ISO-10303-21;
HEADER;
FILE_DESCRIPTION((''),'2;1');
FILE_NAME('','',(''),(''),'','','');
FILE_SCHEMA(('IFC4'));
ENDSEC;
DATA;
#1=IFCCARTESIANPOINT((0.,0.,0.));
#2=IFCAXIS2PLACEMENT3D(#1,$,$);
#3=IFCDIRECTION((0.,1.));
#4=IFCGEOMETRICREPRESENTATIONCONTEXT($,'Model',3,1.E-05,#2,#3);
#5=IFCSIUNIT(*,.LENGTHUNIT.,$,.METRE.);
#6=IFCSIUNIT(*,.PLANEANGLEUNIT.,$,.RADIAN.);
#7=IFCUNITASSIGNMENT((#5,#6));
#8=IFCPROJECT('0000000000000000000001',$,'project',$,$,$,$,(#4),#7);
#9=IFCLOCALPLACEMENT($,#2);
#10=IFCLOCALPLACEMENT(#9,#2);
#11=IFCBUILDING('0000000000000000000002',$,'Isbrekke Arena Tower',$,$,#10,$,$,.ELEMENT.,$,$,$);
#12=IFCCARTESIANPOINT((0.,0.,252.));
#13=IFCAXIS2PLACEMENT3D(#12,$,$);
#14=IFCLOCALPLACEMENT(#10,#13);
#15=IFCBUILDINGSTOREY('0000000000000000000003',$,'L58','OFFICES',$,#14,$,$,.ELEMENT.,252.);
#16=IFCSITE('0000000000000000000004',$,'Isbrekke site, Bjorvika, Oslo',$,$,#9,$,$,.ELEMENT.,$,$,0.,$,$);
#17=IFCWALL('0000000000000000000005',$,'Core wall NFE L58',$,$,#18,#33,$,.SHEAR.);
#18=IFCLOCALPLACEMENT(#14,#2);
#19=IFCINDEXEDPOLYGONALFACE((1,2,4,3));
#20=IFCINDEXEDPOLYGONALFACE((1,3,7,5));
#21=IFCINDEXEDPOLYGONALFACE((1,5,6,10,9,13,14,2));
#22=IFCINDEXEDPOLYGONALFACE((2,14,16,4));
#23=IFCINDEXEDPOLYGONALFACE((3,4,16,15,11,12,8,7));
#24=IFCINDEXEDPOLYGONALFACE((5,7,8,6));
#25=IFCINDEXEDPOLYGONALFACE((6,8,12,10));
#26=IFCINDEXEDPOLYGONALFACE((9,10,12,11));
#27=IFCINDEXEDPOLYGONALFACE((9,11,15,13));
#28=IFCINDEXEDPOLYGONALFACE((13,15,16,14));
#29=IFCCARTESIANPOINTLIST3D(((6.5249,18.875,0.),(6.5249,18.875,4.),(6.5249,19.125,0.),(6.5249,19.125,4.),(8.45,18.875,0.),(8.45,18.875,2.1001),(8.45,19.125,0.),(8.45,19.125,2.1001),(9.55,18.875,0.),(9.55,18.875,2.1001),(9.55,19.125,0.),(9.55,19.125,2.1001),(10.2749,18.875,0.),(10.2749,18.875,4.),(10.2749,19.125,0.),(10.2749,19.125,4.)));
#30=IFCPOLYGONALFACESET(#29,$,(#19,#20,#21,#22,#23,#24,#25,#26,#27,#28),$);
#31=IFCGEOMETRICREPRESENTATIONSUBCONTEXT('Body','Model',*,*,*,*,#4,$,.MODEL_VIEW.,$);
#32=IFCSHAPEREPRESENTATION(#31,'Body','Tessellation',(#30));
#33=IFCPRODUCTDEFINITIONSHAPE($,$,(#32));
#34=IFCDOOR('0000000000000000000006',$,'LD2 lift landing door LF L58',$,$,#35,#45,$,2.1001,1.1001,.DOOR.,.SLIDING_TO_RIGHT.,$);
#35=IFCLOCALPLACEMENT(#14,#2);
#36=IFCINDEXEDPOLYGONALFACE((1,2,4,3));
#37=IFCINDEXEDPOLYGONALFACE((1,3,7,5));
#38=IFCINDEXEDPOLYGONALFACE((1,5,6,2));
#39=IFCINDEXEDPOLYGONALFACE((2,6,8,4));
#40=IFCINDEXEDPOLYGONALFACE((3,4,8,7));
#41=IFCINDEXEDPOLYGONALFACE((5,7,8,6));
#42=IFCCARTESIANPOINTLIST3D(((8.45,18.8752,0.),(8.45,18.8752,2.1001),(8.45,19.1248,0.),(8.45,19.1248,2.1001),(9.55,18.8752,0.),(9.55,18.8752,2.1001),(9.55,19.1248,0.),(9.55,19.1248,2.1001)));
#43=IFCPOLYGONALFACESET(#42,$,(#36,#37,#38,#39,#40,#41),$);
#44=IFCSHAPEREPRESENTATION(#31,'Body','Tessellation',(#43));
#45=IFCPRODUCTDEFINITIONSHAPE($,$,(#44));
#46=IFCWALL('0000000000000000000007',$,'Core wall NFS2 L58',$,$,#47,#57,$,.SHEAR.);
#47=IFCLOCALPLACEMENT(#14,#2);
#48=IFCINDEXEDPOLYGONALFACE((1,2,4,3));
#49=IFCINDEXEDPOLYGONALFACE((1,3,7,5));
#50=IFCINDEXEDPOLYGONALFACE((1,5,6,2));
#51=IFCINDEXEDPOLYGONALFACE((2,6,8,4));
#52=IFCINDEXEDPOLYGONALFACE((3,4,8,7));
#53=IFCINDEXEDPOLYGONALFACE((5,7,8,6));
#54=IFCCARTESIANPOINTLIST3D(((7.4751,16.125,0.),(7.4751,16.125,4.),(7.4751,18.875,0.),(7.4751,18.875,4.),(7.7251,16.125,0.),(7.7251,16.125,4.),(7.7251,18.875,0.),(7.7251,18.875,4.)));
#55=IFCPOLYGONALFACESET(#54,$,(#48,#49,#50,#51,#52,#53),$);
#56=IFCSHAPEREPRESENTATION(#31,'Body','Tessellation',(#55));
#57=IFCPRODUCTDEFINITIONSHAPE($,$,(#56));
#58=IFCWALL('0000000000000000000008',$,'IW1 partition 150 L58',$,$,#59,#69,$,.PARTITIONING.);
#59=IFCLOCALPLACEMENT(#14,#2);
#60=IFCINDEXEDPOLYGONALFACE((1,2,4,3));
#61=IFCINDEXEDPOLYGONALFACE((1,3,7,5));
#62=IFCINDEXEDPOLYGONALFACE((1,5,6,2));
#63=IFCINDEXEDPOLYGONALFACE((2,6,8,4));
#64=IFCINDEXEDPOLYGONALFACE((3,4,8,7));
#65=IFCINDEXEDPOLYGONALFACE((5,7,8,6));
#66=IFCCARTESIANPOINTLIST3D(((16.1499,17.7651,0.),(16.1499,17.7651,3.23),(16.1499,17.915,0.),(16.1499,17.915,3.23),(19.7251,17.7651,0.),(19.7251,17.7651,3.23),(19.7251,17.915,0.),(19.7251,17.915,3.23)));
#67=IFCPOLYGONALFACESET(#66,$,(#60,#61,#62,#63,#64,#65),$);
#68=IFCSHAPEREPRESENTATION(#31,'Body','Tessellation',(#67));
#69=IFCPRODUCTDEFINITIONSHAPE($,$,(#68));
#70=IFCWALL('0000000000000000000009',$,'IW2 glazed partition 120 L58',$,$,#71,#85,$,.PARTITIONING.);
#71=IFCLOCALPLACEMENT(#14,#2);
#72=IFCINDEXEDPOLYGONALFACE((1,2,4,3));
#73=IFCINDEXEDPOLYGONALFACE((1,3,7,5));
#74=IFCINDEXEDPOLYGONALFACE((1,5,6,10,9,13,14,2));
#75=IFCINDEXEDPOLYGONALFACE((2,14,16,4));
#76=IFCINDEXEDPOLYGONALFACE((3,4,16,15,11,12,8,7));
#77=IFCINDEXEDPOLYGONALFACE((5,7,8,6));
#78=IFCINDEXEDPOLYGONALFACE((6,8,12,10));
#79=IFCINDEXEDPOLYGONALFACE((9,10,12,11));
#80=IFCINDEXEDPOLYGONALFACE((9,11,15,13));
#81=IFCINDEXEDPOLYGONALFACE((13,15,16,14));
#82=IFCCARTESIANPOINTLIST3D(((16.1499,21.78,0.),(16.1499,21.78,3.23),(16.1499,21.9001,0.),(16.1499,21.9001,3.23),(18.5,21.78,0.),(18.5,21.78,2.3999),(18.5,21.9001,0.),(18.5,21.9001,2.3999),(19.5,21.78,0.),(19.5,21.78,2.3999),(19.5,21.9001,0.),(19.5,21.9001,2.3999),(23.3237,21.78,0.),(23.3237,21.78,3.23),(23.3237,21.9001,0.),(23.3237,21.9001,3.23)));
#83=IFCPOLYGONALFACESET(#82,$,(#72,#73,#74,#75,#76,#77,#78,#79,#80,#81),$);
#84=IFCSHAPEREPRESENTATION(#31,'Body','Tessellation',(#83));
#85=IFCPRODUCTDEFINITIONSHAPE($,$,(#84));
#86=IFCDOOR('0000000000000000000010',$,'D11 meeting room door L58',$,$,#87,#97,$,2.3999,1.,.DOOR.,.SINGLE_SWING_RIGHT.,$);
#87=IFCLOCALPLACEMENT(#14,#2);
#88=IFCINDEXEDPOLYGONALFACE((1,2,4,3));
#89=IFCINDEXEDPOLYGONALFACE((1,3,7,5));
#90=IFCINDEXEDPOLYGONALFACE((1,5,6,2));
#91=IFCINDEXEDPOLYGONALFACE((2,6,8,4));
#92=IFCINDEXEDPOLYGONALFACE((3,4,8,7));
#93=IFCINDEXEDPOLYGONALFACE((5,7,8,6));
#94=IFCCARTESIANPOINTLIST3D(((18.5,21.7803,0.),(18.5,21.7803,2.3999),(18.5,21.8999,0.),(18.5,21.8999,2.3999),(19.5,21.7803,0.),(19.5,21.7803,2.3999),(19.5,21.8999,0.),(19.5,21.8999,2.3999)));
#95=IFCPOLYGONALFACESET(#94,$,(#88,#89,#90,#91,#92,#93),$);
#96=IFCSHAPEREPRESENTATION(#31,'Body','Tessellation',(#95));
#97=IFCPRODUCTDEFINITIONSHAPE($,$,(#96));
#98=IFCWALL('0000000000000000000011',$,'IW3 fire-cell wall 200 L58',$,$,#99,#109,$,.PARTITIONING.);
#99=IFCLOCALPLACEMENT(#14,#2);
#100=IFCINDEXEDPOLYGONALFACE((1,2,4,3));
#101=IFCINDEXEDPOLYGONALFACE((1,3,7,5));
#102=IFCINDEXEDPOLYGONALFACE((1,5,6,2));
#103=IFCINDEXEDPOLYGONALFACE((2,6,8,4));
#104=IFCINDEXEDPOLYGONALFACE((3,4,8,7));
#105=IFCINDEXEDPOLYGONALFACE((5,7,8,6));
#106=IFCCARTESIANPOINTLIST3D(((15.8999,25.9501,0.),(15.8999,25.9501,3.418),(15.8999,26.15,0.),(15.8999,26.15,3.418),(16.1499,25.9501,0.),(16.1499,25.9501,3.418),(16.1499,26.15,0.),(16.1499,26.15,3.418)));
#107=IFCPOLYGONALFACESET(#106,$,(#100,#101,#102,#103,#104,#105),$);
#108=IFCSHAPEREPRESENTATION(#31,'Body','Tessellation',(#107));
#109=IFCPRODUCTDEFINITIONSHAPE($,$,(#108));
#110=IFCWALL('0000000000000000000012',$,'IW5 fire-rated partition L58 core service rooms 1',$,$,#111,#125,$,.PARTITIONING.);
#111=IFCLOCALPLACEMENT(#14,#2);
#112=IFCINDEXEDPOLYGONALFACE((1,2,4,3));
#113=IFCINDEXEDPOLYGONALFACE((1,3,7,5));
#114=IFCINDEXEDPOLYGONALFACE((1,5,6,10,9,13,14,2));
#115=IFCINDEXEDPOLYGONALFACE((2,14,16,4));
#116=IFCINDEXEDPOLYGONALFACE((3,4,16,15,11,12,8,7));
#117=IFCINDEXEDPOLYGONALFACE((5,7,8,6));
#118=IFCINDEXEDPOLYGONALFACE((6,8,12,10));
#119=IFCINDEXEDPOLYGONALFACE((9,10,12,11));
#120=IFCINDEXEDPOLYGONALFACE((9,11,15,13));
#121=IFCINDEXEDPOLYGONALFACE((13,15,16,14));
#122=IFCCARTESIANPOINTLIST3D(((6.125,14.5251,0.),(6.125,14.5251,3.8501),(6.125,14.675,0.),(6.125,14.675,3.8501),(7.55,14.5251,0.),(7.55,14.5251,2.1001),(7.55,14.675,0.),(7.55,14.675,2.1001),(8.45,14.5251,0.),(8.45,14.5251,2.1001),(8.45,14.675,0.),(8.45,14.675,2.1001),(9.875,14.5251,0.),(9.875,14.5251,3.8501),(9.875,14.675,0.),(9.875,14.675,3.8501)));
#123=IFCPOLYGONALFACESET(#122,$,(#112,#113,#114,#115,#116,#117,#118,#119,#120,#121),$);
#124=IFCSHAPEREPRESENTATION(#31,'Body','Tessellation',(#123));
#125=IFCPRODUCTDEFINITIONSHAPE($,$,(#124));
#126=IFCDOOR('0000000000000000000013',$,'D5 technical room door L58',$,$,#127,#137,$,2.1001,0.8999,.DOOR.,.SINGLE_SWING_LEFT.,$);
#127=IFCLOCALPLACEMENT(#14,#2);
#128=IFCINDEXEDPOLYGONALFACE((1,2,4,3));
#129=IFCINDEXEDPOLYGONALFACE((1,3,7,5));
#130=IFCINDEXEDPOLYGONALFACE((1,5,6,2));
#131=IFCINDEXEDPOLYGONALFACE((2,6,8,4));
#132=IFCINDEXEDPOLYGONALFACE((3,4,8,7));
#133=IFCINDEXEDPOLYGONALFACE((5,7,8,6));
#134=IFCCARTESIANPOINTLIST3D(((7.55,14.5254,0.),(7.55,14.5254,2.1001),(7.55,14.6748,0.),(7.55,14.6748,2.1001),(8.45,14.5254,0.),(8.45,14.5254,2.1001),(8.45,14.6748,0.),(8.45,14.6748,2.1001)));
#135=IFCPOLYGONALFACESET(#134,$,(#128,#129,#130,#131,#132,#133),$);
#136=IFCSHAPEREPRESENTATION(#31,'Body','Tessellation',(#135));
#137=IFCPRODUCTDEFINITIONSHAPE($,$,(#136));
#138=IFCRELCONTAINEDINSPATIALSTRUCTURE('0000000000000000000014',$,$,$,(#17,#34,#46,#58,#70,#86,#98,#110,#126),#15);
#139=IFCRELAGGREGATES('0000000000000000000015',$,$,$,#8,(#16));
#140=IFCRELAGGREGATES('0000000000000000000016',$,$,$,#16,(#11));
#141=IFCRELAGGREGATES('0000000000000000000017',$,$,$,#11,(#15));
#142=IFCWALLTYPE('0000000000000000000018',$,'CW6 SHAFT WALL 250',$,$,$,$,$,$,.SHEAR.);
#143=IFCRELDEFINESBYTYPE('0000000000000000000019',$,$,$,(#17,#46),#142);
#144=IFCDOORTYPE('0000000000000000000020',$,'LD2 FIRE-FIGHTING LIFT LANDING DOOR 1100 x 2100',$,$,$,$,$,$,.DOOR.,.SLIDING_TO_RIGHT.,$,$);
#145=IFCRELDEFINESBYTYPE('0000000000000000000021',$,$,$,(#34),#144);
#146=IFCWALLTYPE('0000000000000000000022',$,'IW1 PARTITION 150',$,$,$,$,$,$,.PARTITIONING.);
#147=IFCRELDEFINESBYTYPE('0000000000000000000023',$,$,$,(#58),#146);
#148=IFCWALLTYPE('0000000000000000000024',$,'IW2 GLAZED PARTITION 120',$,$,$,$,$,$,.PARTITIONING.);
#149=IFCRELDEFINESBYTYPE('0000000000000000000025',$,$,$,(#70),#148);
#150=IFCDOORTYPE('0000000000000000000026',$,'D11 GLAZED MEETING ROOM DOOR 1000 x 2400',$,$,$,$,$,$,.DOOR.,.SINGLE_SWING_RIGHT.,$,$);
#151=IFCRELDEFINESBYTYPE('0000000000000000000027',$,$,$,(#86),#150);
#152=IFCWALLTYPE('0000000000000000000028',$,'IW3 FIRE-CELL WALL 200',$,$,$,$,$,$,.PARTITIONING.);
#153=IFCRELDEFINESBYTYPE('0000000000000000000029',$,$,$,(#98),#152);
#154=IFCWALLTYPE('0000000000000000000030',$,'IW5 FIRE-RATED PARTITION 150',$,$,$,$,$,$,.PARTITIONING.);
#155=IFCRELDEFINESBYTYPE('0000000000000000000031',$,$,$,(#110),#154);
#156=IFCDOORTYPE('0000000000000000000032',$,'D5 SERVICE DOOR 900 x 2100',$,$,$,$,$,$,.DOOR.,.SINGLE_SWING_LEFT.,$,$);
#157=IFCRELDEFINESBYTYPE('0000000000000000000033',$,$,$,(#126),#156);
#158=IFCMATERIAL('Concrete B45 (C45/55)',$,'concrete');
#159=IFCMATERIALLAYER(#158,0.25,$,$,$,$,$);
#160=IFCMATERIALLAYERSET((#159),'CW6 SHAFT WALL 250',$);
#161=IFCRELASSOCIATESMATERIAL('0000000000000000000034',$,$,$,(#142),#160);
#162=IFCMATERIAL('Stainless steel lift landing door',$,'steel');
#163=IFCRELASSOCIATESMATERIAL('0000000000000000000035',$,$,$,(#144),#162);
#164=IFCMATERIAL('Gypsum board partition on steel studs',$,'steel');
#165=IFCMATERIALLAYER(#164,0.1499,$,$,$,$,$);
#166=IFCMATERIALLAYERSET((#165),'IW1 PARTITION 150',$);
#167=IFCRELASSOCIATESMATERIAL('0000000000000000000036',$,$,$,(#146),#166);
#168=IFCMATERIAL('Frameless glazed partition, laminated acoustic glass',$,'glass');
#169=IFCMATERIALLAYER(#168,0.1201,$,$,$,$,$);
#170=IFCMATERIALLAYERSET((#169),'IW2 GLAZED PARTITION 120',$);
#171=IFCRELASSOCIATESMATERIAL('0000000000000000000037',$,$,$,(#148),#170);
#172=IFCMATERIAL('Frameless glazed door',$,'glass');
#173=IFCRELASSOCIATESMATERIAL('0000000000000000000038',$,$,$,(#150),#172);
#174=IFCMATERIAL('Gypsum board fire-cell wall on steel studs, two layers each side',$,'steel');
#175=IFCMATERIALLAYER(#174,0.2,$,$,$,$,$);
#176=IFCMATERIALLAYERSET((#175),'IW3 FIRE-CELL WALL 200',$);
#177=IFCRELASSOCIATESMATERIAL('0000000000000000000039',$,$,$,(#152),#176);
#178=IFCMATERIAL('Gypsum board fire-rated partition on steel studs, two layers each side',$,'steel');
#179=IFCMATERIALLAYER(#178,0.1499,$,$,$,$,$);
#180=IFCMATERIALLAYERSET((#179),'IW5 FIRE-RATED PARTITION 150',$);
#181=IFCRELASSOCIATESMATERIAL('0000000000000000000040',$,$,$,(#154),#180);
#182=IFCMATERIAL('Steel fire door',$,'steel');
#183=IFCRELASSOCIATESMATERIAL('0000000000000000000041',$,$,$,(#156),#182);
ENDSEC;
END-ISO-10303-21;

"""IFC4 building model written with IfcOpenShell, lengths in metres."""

from ifc_helpers import new_model, si_unit, direction, frame, frame_2d, origin, place, context, subcontext, project, spatial, rectangle, extrude, material, layer, layer_set, type_object, element, fill, save


model = new_model("IFC4")

# Units and contexts
model_context = context("Model", 3, precision=1e-05, world=origin(), true_north=direction((0.0, 1.0)))
body_context = subcontext(model_context, "Body", "Model", "MODEL_VIEW")
ifc_project = project(units=[si_unit("LENGTHUNIT", "METRE"), si_unit("PLANEANGLEUNIT", "RADIAN")], contexts=[model_context])

# Site, building, storey
site_placement = place(None, origin())
site = spatial("IfcSite", under=ifc_project, at=site_placement, Name="Isbrekke site, Bjorvika, Oslo", CompositionType="ELEMENT", RefElevation=0.0)
building_placement = place(site_placement, origin())
building = spatial("IfcBuilding", under=site, at=building_placement, Name="Isbrekke Arena Tower", CompositionType="ELEMENT")
storey_placement = place(building_placement, frame((0.0, 0.0, 252.0)))
storey = spatial("IfcBuildingStorey", under=building, at=storey_placement, Name="L58", Description="OFFICES", CompositionType="ELEMENT", Elevation=252.0)

# Shared definitions
ifc_material_1 = material(Name="Concrete B45 (C45/55)", Category="concrete")
ifc_layer_1 = layer(ifc_material_1, 0.25)
ifc_layer_set_1 = layer_set([ifc_layer_1], Name="CW6 SHAFT WALL 250")
wall_type_1 = type_object("IfcWallType", Name="CW6 SHAFT WALL 250", PredefinedType="SHEAR", material=ifc_layer_set_1)

# Wall, opening, door
wall_1_placement = place(storey_placement, frame((6.5249, 19.0, 0.0), z_axis=(0.0, 0.0, 1.0), x_axis=(1.0, 0.0, 0.0)))
wall_1 = element("IfcWall", 1, at=wall_1_placement, inside=storey, type_object=wall_type_1, Name="Core wall NFE L58", PredefinedType="SHEAR", context=body_context, shape_type="SweptSolid", body=[
    extrude(rectangle(XDim=3.75, YDim=0.25, at=frame_2d((1.875, 0.0))), origin(), (0.0, 0.0, 1.0), 4.0),
])
opening_1_placement = place(wall_1_placement, frame((1.925, 0.0, 0.0)))
opening_1 = element("IfcOpeningElement", 2, at=opening_1_placement, cuts=wall_1, PredefinedType="OPENING", context=body_context, shape_type="SweptSolid", body=[
    extrude(rectangle(XDim=1.1001, YDim=2.1001, at=frame_2d((0.55, 1.05))), frame((0.0, 0.1399, 0.0), z_axis=(0.0, -1.0, 0.0), x_axis=(1.0, 0.0, 0.0)), (0.0, 0.0, 1.0), 0.2798),
])
ifc_material_2 = material(Name="Stainless steel lift landing door", Category="steel")
door_type_1 = type_object("IfcDoorType", Name="LD2 FIRE-FIGHTING LIFT LANDING DOOR 1100 x 2100", OperationType="SLIDING_TO_RIGHT", PredefinedType="DOOR", material=ifc_material_2)
door_1_placement = place(opening_1_placement, origin())
door_1 = element("IfcDoor", 3, at=door_1_placement, inside=storey, type_object=door_type_1, Name="LD2 lift landing door LF L58", OperationType="SLIDING_TO_RIGHT", OverallHeight=2.1001, OverallWidth=1.1001, PredefinedType="DOOR", context=body_context, shape_type="SweptSolid", body=[
    extrude(rectangle(XDim=1.1001, YDim=2.1001, at=frame_2d((0.55, 1.05))), frame((0.0, 0.1248, 0.0), z_axis=(0.0, -1.0, 0.0), x_axis=(1.0, 0.0, 0.0)), (0.0, 0.0, 1.0), 0.2495),
])
fill(opening_1, door_1)

# Walls
wall_2_placement = place(storey_placement, frame((7.6001, 16.125, 0.0), z_axis=(0.0, 0.0, 1.0), x_axis=(0.0, 1.0, 0.0)))
element("IfcWall", 4, at=wall_2_placement, inside=storey, type_object=wall_type_1, Name="Core wall NFS2 L58", PredefinedType="SHEAR", context=body_context, shape_type="SweptSolid", body=[
    extrude(rectangle(XDim=2.75, YDim=0.25, at=frame_2d((1.375, 0.0))), origin(), (0.0, 0.0, 1.0), 4.0),
])
ifc_material_3 = material(Name="Gypsum board partition on steel studs", Category="steel")
ifc_layer_2 = layer(ifc_material_3, 0.1499)
ifc_layer_set_2 = layer_set([ifc_layer_2], Name="IW1 PARTITION 150")
wall_type_2 = type_object("IfcWallType", Name="IW1 PARTITION 150", PredefinedType="PARTITIONING", material=ifc_layer_set_2)
wall_3_placement = place(storey_placement, frame((16.1499, 17.8401, 0.0), z_axis=(0.0, 0.0, 1.0), x_axis=(1.0, 0.0, 0.0)))
element("IfcWall", 5, at=wall_3_placement, inside=storey, type_object=wall_type_2, Name="IW1 partition 150 L58", PredefinedType="PARTITIONING", context=body_context, shape_type="SweptSolid", body=[
    extrude(rectangle(XDim=3.5752, YDim=0.1499, at=frame_2d((1.7876, 0.0))), origin(), (0.0, 0.0, 1.0), 3.23),
])

# Wall, opening, door
ifc_material_4 = material(Name="Frameless glazed partition, laminated acoustic glass", Category="glass")
ifc_layer_3 = layer(ifc_material_4, 0.1201)
ifc_layer_set_3 = layer_set([ifc_layer_3], Name="IW2 GLAZED PARTITION 120")
wall_type_3 = type_object("IfcWallType", Name="IW2 GLAZED PARTITION 120", PredefinedType="PARTITIONING", material=ifc_layer_set_3)
wall_4_placement = place(storey_placement, frame((16.1499, 21.8401, 0.0), z_axis=(0.0, 0.0, 1.0), x_axis=(1.0, 0.0, 0.0)))
wall_4 = element("IfcWall", 6, at=wall_4_placement, inside=storey, type_object=wall_type_3, Name="IW2 glazed partition 120 L58", PredefinedType="PARTITIONING", context=body_context, shape_type="SweptSolid", body=[
    extrude(rectangle(XDim=7.1738, YDim=0.1201, at=frame_2d((3.5869, 0.0))), origin(), (0.0, 0.0, 1.0), 3.23),
])
opening_2_placement = place(wall_4_placement, frame((2.3501, 0.0, 0.0)))
opening_2 = element("IfcOpeningElement", 7, at=opening_2_placement, cuts=wall_4, PredefinedType="OPENING", context=body_context, shape_type="SweptSolid", body=[
    extrude(rectangle(XDim=1.0, YDim=2.3999, at=frame_2d((0.5, 1.2))), frame((0.0, 0.075, 0.0), z_axis=(0.0, -1.0, 0.0), x_axis=(1.0, 0.0, 0.0)), (0.0, 0.0, 1.0), 0.1499),
])
ifc_material_5 = material(Name="Frameless glazed door", Category="glass")
door_type_2 = type_object("IfcDoorType", Name="D11 GLAZED MEETING ROOM DOOR 1000 x 2400", OperationType="SINGLE_SWING_RIGHT", PredefinedType="DOOR", material=ifc_material_5)
door_2_placement = place(opening_2_placement, origin())
door_2 = element("IfcDoor", 8, at=door_2_placement, inside=storey, type_object=door_type_2, Name="D11 meeting room door L58", OperationType="SINGLE_SWING_RIGHT", OverallHeight=2.3999, OverallWidth=1.0, PredefinedType="DOOR", context=body_context, shape_type="SweptSolid", body=[
    extrude(rectangle(XDim=1.0, YDim=2.3999, at=frame_2d((0.5, 1.2))), frame((0.0, 0.0598, 0.0), z_axis=(0.0, -1.0, 0.0), x_axis=(1.0, 0.0, 0.0)), (0.0, 0.0, 1.0), 0.1196),
])
fill(opening_2, door_2)

# Wall
ifc_material_6 = material(Name="Gypsum board fire-cell wall on steel studs, two layers each side", Category="steel")
ifc_layer_4 = layer(ifc_material_6, 0.2)
ifc_layer_set_4 = layer_set([ifc_layer_4], Name="IW3 FIRE-CELL WALL 200")
wall_type_4 = type_object("IfcWallType", Name="IW3 FIRE-CELL WALL 200", PredefinedType="PARTITIONING", material=ifc_layer_set_4)
wall_5_placement = place(storey_placement, frame((15.8999, 26.05, 0.0), z_axis=(0.0, 0.0, 1.0), x_axis=(1.0, 0.0, 0.0)))
element("IfcWall", 9, at=wall_5_placement, inside=storey, type_object=wall_type_4, Name="IW3 fire-cell wall 200 L58", PredefinedType="PARTITIONING", context=body_context, shape_type="SweptSolid", body=[
    extrude(rectangle(XDim=0.25, YDim=0.2, at=frame_2d((0.125, 0.0))), origin(), (0.0, 0.0, 1.0), 3.418),
])

# Wall, opening, door
ifc_material_7 = material(Name="Gypsum board fire-rated partition on steel studs, two layers each side", Category="steel")
ifc_layer_5 = layer(ifc_material_7, 0.1499)
ifc_layer_set_5 = layer_set([ifc_layer_5], Name="IW5 FIRE-RATED PARTITION 150")
wall_type_5 = type_object("IfcWallType", Name="IW5 FIRE-RATED PARTITION 150", PredefinedType="PARTITIONING", material=ifc_layer_set_5)
wall_6_placement = place(storey_placement, frame((6.125, 14.6001, 0.0), z_axis=(0.0, 0.0, 1.0), x_axis=(1.0, 0.0, 0.0)))
wall_6 = element("IfcWall", 10, at=wall_6_placement, inside=storey, type_object=wall_type_5, Name="IW5 fire-rated partition L58 core service rooms 1", PredefinedType="PARTITIONING", context=body_context, shape_type="SweptSolid", body=[
    extrude(rectangle(XDim=3.75, YDim=0.1499, at=frame_2d((1.875, 0.0))), origin(), (0.0, 0.0, 1.0), 3.8501),
])
opening_3_placement = place(wall_6_placement, frame((1.425, 0.0, 0.0)))
opening_3 = element("IfcOpeningElement", 11, at=opening_3_placement, cuts=wall_6, PredefinedType="OPENING", context=body_context, shape_type="SweptSolid", body=[
    extrude(rectangle(XDim=0.8999, YDim=2.1001, at=frame_2d((0.45, 1.05))), frame((0.0, 0.0898, 0.0), z_axis=(0.0, -1.0, 0.0), x_axis=(1.0, 0.0, 0.0)), (0.0, 0.0, 1.0), 0.1797),
])
ifc_material_8 = material(Name="Steel fire door", Category="steel")
door_type_3 = type_object("IfcDoorType", Name="D5 SERVICE DOOR 900 x 2100", OperationType="SINGLE_SWING_LEFT", PredefinedType="DOOR", material=ifc_material_8)
door_3_placement = place(opening_3_placement, origin())
door_3 = element("IfcDoor", 12, at=door_3_placement, inside=storey, type_object=door_type_3, Name="D5 technical room door L58", OperationType="SINGLE_SWING_LEFT", OverallHeight=2.1001, OverallWidth=0.8999, PredefinedType="DOOR", context=body_context, shape_type="SweptSolid", body=[
    extrude(rectangle(XDim=0.8999, YDim=2.1001, at=frame_2d((0.45, 1.05))), frame((0.0, 0.0747, 0.0), z_axis=(0.0, -1.0, 0.0), x_axis=(1.0, 0.0, 0.0)), (0.0, 0.0, 1.0), 0.1494),
])
fill(opening_3, door_3)

save(model, "model.ifc")
